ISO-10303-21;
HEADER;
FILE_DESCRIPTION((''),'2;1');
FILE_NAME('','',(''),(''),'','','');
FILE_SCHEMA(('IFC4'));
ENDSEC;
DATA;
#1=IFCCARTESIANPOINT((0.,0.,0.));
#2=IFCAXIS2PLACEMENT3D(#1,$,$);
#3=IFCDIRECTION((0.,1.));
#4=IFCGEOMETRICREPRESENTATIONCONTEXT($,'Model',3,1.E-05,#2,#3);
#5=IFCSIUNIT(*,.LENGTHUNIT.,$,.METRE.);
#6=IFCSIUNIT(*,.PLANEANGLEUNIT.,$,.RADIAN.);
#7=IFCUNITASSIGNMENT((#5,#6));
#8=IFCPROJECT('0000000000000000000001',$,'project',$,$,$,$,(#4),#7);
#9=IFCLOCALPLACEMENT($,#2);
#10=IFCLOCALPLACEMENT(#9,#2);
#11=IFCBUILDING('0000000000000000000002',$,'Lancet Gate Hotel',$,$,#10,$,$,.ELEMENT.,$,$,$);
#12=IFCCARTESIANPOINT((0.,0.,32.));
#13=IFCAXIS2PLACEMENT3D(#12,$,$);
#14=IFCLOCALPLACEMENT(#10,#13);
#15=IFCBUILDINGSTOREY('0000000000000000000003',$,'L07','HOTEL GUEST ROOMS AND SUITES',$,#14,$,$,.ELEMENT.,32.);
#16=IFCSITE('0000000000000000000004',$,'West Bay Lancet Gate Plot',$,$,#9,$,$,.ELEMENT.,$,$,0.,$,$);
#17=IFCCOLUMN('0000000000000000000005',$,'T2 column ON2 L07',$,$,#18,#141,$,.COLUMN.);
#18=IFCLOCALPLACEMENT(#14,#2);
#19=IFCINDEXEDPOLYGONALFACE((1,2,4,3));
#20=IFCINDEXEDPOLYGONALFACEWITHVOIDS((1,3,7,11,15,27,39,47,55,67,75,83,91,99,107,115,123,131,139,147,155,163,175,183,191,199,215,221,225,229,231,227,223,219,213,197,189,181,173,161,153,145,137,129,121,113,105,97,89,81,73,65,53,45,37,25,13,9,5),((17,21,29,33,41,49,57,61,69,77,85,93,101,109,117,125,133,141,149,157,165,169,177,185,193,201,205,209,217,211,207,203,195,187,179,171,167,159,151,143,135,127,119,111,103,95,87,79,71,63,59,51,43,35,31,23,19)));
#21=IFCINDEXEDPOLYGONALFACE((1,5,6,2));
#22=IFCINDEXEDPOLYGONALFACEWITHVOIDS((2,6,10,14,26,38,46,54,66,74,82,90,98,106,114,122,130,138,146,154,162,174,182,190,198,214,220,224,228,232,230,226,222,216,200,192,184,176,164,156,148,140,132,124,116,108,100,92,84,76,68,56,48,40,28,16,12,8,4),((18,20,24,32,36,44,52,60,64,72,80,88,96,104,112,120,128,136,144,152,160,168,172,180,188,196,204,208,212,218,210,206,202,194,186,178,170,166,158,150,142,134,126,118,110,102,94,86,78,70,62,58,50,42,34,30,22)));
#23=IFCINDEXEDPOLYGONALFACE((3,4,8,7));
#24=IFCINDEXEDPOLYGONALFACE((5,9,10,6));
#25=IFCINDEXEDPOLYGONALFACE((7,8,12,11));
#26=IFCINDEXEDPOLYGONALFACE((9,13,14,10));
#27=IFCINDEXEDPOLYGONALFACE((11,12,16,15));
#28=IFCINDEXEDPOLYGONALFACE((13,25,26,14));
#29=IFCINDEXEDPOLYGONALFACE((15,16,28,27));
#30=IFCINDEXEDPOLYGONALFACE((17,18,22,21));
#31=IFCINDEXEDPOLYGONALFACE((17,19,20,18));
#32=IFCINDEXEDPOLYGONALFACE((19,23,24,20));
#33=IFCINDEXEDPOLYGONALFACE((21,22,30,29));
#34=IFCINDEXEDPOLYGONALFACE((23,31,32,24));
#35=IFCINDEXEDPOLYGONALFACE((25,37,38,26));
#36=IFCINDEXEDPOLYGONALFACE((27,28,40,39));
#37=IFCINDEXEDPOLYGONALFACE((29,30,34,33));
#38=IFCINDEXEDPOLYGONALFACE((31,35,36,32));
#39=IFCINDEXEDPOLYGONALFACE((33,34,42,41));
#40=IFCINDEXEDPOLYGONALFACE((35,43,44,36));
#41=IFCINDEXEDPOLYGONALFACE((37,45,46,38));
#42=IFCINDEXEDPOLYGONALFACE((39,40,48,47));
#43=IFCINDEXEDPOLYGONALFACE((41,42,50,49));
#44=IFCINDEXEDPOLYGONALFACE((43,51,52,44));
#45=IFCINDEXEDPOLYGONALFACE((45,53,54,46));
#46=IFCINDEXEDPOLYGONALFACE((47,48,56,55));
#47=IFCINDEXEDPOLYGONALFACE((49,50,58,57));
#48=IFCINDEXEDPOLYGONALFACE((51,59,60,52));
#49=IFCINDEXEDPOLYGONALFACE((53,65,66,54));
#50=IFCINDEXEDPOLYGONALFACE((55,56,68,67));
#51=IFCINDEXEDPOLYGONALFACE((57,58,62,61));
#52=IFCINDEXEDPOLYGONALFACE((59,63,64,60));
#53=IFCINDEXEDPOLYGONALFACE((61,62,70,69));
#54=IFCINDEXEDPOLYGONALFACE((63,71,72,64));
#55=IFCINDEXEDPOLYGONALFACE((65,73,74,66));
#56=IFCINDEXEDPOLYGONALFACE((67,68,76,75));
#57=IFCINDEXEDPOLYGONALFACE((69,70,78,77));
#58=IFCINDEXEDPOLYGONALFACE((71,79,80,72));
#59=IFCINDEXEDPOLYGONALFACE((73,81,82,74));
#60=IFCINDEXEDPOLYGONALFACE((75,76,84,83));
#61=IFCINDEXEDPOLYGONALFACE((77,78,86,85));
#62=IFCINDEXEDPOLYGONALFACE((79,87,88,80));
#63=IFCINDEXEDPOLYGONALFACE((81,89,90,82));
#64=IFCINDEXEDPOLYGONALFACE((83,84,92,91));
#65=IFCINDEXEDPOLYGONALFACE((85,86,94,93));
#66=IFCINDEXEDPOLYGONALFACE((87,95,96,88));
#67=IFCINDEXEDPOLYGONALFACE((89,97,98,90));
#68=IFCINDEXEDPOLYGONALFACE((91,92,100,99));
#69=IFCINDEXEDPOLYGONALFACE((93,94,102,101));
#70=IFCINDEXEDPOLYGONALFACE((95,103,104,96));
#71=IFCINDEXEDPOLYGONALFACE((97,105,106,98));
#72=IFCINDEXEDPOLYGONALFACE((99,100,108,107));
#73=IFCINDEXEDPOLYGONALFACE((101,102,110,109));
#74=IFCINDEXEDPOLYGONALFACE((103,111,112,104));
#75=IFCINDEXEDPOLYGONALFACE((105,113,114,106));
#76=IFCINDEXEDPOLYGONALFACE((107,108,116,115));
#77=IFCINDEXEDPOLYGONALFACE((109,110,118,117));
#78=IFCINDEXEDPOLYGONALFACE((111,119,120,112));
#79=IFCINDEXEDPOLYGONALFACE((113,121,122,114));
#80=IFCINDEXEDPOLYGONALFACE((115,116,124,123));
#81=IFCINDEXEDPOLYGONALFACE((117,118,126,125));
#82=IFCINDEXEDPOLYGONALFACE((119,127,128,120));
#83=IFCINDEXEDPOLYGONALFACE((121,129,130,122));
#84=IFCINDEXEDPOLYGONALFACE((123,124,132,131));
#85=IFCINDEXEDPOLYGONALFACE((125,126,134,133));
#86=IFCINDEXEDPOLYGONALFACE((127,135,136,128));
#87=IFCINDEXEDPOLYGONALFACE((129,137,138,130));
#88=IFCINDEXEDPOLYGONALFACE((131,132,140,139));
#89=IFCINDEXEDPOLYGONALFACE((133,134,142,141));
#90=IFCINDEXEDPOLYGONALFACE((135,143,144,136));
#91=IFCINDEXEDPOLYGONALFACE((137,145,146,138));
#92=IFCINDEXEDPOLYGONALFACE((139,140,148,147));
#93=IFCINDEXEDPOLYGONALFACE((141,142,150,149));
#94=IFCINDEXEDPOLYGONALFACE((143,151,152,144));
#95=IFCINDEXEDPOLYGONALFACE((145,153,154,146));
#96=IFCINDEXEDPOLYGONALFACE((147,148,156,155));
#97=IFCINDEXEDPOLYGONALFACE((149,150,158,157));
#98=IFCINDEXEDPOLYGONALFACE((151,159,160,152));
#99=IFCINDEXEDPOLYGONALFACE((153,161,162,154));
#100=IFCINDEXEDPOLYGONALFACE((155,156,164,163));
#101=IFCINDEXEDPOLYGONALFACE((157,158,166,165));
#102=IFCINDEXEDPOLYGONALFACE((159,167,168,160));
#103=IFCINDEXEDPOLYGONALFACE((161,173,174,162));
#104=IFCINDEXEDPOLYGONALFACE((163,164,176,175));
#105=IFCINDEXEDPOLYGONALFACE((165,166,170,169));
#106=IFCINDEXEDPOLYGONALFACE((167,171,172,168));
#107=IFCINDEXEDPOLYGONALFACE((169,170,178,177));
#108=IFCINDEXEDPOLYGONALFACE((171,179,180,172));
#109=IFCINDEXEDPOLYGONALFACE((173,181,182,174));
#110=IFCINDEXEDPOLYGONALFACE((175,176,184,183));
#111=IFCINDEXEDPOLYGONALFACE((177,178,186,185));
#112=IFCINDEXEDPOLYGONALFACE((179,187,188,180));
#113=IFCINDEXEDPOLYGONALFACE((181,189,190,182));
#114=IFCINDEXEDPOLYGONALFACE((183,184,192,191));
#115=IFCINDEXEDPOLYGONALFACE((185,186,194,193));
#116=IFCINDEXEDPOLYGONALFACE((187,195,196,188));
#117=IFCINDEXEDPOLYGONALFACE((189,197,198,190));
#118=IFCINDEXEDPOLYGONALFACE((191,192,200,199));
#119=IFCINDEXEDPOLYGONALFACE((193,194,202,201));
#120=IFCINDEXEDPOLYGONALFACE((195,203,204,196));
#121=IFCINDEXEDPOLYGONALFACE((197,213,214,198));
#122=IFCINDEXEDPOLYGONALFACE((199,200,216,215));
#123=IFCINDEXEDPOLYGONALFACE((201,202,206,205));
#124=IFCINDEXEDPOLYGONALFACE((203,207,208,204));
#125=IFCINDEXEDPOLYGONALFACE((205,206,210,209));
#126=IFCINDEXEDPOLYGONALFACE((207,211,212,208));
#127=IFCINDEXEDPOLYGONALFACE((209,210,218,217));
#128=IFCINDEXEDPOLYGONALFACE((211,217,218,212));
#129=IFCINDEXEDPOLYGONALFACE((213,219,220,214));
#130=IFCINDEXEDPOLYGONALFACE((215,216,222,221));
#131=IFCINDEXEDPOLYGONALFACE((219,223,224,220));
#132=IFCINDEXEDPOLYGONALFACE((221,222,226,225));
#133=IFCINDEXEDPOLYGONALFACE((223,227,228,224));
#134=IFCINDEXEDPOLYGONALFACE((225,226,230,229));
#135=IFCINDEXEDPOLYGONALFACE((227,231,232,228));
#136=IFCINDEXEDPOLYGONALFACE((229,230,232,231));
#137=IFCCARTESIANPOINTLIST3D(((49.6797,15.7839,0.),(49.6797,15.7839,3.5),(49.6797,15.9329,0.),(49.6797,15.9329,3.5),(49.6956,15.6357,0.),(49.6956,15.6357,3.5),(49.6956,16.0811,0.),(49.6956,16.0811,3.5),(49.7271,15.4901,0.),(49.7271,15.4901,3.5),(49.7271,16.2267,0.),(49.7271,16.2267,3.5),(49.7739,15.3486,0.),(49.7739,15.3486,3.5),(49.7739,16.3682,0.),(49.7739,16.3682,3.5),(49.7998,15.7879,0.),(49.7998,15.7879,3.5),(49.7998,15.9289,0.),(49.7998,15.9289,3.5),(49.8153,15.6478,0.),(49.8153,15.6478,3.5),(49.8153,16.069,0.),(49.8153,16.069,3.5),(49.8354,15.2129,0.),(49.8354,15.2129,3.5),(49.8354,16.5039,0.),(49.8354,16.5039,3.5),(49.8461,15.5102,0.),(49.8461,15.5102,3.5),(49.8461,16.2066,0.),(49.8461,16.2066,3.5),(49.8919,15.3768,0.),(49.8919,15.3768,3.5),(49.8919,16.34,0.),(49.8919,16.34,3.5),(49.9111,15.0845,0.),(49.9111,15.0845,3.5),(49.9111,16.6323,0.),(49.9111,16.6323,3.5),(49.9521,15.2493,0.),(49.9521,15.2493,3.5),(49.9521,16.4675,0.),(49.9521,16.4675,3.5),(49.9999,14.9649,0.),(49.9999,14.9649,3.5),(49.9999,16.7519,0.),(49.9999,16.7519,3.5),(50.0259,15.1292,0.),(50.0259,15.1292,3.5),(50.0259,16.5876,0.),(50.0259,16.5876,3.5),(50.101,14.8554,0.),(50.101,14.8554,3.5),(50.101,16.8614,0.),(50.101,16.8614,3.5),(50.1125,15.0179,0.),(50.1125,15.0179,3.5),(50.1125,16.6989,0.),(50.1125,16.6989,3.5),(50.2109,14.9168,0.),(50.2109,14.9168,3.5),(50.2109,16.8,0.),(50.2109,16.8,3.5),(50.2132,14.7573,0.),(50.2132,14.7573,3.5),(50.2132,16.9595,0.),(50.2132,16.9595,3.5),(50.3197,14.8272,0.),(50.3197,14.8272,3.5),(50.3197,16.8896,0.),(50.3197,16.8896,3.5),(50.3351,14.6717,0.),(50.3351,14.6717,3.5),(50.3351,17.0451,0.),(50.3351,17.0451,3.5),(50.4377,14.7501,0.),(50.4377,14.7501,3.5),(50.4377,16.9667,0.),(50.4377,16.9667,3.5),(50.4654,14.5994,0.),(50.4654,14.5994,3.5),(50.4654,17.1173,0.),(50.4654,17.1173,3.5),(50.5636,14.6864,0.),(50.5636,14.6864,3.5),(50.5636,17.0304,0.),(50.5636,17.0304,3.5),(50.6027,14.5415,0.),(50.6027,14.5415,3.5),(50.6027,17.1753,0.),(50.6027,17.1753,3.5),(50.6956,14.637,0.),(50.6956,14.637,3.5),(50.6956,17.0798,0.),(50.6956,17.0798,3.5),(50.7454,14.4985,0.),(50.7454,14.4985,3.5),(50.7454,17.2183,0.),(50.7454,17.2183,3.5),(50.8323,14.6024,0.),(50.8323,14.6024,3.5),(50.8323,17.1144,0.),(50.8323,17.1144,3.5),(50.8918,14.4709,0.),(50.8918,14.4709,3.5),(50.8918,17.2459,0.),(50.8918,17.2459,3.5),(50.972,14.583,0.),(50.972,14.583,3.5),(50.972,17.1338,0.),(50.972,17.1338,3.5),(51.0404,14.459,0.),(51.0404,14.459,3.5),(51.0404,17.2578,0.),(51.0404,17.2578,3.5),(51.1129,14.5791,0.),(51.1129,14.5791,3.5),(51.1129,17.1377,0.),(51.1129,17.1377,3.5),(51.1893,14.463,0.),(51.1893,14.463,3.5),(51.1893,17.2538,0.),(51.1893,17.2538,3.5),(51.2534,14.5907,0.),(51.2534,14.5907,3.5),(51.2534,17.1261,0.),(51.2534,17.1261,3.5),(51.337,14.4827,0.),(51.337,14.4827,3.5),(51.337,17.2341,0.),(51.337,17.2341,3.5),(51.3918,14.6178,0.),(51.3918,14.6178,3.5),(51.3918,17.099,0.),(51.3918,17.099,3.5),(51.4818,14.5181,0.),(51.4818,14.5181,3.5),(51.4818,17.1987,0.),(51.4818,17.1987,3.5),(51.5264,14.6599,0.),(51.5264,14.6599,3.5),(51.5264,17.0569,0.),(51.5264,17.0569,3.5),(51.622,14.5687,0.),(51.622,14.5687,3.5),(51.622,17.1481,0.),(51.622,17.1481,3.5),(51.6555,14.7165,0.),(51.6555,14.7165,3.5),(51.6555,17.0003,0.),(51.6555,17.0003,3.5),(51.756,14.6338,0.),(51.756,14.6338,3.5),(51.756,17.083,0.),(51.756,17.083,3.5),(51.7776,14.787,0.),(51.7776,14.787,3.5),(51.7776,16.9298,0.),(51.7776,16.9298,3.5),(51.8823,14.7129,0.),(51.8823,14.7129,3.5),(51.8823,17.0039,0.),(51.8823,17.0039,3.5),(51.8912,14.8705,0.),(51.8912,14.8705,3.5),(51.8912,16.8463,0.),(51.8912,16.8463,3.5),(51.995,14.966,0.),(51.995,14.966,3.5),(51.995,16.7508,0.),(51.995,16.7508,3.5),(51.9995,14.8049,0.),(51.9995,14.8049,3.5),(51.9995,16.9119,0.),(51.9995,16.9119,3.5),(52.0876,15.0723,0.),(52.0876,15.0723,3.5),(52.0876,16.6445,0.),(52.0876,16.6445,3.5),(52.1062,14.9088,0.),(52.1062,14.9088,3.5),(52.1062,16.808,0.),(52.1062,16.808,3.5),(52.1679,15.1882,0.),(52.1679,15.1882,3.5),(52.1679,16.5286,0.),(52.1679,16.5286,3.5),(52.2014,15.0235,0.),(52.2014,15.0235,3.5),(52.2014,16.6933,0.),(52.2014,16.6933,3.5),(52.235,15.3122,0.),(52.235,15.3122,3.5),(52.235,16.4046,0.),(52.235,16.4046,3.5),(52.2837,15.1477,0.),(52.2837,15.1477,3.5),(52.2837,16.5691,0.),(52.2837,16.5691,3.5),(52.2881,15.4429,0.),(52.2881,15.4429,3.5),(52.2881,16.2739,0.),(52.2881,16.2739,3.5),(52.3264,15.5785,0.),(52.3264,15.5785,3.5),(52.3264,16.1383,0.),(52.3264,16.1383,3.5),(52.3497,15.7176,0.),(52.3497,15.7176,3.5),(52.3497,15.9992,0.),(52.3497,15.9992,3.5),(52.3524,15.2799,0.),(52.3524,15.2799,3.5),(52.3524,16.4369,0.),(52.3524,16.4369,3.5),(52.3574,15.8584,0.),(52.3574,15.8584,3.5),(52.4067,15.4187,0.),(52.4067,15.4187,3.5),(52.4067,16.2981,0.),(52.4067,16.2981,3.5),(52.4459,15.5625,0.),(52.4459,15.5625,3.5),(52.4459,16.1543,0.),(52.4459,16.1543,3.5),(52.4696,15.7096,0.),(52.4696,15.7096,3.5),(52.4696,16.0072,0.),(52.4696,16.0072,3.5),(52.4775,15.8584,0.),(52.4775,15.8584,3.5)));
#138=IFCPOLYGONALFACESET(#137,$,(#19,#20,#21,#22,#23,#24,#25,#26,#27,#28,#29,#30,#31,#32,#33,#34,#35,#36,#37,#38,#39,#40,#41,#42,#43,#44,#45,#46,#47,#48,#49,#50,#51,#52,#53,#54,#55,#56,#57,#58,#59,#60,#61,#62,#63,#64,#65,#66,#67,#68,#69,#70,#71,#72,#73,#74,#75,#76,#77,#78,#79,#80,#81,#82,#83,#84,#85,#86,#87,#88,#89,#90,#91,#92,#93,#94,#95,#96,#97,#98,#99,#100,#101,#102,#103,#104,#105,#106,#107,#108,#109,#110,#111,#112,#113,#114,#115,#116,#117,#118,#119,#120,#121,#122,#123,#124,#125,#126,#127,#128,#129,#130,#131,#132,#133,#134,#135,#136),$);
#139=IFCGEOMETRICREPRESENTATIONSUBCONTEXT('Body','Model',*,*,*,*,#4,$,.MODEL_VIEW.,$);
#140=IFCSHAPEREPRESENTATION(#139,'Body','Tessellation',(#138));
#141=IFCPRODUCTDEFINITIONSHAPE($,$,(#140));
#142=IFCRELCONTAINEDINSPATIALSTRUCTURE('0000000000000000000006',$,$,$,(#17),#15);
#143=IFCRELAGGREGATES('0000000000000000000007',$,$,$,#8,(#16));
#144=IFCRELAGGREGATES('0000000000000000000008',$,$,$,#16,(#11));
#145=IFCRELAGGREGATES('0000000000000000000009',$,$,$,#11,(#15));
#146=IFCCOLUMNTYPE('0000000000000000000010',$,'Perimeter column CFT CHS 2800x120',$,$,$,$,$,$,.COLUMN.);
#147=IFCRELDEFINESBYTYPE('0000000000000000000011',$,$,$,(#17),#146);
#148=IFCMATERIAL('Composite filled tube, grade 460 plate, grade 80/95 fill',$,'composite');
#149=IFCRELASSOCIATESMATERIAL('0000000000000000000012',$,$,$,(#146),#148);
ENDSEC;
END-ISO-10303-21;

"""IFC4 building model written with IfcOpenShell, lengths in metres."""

from ifc_helpers import new_model, si_unit, direction, frame, origin, origin_2d, place, context, subcontext, project, spatial, hollow_circle, extrude, material, material_profile, profile_set, type_object, element, save


model = new_model("IFC4")

# Units and contexts
model_context = context("Model", 3, precision=1e-05, world=origin(), true_north=direction((0.0, 1.0)))
body_context = subcontext(model_context, "Body", "Model", "MODEL_VIEW")
ifc_project = project(units=[si_unit("LENGTHUNIT", "METRE"), si_unit("PLANEANGLEUNIT", "RADIAN")], contexts=[model_context])

# Site, building, storey
site_placement = place(None, origin())
site = spatial("IfcSite", under=ifc_project, at=site_placement, Name="West Bay Lancet Gate Plot", CompositionType="ELEMENT", RefElevation=0.0)
building_placement = place(site_placement, origin())
building = spatial("IfcBuilding", under=site, at=building_placement, Name="Lancet Gate Hotel", CompositionType="ELEMENT")
storey_placement = place(building_placement, frame((0.0, 0.0, 32.0)))
storey = spatial("IfcBuildingStorey", under=building, at=storey_placement, Name="L07", Description="HOTEL GUEST ROOMS AND SUITES", CompositionType="ELEMENT", Elevation=32.0)

# Column
ifc_material_1 = material(Name="Composite filled tube, grade 460 plate, grade 80/95 fill", Category="composite")
ifc_material_profile_1 = material_profile(ifc_material_1, hollow_circle(Radius=1.3999, WallThickness=0.1201, at=origin_2d()), Name="CHS 2800x120")
ifc_profile_set_1 = profile_set([ifc_material_profile_1], Name="Composite filled tube, grade 460 plate, grade 80/95 fill")
column_type = type_object("IfcColumnType", Name="Perimeter column CFT CHS 2800x120", PredefinedType="COLUMN", material=ifc_profile_set_1)
for number, where, z_axis, x_axis, name in (
    (1, (51.0776, 15.8584, 0.0), (0.0, 0.0, 1.0), (1.0, 0.0, 0.0), "T2 column ON2 L07"),
):
    element("IfcColumn", number, at=place(storey_placement, frame(where, z_axis=z_axis, x_axis=x_axis)), inside=storey, type_object=column_type, Name=name, PredefinedType="COLUMN", context=body_context, shape_type="SweptSolid", body=[
        extrude(hollow_circle(Radius=1.3999, WallThickness=0.1201, at=origin_2d()), origin(), (0.0, 0.0, 1.0), 3.5),
    ])

save(model, "model.ifc")
